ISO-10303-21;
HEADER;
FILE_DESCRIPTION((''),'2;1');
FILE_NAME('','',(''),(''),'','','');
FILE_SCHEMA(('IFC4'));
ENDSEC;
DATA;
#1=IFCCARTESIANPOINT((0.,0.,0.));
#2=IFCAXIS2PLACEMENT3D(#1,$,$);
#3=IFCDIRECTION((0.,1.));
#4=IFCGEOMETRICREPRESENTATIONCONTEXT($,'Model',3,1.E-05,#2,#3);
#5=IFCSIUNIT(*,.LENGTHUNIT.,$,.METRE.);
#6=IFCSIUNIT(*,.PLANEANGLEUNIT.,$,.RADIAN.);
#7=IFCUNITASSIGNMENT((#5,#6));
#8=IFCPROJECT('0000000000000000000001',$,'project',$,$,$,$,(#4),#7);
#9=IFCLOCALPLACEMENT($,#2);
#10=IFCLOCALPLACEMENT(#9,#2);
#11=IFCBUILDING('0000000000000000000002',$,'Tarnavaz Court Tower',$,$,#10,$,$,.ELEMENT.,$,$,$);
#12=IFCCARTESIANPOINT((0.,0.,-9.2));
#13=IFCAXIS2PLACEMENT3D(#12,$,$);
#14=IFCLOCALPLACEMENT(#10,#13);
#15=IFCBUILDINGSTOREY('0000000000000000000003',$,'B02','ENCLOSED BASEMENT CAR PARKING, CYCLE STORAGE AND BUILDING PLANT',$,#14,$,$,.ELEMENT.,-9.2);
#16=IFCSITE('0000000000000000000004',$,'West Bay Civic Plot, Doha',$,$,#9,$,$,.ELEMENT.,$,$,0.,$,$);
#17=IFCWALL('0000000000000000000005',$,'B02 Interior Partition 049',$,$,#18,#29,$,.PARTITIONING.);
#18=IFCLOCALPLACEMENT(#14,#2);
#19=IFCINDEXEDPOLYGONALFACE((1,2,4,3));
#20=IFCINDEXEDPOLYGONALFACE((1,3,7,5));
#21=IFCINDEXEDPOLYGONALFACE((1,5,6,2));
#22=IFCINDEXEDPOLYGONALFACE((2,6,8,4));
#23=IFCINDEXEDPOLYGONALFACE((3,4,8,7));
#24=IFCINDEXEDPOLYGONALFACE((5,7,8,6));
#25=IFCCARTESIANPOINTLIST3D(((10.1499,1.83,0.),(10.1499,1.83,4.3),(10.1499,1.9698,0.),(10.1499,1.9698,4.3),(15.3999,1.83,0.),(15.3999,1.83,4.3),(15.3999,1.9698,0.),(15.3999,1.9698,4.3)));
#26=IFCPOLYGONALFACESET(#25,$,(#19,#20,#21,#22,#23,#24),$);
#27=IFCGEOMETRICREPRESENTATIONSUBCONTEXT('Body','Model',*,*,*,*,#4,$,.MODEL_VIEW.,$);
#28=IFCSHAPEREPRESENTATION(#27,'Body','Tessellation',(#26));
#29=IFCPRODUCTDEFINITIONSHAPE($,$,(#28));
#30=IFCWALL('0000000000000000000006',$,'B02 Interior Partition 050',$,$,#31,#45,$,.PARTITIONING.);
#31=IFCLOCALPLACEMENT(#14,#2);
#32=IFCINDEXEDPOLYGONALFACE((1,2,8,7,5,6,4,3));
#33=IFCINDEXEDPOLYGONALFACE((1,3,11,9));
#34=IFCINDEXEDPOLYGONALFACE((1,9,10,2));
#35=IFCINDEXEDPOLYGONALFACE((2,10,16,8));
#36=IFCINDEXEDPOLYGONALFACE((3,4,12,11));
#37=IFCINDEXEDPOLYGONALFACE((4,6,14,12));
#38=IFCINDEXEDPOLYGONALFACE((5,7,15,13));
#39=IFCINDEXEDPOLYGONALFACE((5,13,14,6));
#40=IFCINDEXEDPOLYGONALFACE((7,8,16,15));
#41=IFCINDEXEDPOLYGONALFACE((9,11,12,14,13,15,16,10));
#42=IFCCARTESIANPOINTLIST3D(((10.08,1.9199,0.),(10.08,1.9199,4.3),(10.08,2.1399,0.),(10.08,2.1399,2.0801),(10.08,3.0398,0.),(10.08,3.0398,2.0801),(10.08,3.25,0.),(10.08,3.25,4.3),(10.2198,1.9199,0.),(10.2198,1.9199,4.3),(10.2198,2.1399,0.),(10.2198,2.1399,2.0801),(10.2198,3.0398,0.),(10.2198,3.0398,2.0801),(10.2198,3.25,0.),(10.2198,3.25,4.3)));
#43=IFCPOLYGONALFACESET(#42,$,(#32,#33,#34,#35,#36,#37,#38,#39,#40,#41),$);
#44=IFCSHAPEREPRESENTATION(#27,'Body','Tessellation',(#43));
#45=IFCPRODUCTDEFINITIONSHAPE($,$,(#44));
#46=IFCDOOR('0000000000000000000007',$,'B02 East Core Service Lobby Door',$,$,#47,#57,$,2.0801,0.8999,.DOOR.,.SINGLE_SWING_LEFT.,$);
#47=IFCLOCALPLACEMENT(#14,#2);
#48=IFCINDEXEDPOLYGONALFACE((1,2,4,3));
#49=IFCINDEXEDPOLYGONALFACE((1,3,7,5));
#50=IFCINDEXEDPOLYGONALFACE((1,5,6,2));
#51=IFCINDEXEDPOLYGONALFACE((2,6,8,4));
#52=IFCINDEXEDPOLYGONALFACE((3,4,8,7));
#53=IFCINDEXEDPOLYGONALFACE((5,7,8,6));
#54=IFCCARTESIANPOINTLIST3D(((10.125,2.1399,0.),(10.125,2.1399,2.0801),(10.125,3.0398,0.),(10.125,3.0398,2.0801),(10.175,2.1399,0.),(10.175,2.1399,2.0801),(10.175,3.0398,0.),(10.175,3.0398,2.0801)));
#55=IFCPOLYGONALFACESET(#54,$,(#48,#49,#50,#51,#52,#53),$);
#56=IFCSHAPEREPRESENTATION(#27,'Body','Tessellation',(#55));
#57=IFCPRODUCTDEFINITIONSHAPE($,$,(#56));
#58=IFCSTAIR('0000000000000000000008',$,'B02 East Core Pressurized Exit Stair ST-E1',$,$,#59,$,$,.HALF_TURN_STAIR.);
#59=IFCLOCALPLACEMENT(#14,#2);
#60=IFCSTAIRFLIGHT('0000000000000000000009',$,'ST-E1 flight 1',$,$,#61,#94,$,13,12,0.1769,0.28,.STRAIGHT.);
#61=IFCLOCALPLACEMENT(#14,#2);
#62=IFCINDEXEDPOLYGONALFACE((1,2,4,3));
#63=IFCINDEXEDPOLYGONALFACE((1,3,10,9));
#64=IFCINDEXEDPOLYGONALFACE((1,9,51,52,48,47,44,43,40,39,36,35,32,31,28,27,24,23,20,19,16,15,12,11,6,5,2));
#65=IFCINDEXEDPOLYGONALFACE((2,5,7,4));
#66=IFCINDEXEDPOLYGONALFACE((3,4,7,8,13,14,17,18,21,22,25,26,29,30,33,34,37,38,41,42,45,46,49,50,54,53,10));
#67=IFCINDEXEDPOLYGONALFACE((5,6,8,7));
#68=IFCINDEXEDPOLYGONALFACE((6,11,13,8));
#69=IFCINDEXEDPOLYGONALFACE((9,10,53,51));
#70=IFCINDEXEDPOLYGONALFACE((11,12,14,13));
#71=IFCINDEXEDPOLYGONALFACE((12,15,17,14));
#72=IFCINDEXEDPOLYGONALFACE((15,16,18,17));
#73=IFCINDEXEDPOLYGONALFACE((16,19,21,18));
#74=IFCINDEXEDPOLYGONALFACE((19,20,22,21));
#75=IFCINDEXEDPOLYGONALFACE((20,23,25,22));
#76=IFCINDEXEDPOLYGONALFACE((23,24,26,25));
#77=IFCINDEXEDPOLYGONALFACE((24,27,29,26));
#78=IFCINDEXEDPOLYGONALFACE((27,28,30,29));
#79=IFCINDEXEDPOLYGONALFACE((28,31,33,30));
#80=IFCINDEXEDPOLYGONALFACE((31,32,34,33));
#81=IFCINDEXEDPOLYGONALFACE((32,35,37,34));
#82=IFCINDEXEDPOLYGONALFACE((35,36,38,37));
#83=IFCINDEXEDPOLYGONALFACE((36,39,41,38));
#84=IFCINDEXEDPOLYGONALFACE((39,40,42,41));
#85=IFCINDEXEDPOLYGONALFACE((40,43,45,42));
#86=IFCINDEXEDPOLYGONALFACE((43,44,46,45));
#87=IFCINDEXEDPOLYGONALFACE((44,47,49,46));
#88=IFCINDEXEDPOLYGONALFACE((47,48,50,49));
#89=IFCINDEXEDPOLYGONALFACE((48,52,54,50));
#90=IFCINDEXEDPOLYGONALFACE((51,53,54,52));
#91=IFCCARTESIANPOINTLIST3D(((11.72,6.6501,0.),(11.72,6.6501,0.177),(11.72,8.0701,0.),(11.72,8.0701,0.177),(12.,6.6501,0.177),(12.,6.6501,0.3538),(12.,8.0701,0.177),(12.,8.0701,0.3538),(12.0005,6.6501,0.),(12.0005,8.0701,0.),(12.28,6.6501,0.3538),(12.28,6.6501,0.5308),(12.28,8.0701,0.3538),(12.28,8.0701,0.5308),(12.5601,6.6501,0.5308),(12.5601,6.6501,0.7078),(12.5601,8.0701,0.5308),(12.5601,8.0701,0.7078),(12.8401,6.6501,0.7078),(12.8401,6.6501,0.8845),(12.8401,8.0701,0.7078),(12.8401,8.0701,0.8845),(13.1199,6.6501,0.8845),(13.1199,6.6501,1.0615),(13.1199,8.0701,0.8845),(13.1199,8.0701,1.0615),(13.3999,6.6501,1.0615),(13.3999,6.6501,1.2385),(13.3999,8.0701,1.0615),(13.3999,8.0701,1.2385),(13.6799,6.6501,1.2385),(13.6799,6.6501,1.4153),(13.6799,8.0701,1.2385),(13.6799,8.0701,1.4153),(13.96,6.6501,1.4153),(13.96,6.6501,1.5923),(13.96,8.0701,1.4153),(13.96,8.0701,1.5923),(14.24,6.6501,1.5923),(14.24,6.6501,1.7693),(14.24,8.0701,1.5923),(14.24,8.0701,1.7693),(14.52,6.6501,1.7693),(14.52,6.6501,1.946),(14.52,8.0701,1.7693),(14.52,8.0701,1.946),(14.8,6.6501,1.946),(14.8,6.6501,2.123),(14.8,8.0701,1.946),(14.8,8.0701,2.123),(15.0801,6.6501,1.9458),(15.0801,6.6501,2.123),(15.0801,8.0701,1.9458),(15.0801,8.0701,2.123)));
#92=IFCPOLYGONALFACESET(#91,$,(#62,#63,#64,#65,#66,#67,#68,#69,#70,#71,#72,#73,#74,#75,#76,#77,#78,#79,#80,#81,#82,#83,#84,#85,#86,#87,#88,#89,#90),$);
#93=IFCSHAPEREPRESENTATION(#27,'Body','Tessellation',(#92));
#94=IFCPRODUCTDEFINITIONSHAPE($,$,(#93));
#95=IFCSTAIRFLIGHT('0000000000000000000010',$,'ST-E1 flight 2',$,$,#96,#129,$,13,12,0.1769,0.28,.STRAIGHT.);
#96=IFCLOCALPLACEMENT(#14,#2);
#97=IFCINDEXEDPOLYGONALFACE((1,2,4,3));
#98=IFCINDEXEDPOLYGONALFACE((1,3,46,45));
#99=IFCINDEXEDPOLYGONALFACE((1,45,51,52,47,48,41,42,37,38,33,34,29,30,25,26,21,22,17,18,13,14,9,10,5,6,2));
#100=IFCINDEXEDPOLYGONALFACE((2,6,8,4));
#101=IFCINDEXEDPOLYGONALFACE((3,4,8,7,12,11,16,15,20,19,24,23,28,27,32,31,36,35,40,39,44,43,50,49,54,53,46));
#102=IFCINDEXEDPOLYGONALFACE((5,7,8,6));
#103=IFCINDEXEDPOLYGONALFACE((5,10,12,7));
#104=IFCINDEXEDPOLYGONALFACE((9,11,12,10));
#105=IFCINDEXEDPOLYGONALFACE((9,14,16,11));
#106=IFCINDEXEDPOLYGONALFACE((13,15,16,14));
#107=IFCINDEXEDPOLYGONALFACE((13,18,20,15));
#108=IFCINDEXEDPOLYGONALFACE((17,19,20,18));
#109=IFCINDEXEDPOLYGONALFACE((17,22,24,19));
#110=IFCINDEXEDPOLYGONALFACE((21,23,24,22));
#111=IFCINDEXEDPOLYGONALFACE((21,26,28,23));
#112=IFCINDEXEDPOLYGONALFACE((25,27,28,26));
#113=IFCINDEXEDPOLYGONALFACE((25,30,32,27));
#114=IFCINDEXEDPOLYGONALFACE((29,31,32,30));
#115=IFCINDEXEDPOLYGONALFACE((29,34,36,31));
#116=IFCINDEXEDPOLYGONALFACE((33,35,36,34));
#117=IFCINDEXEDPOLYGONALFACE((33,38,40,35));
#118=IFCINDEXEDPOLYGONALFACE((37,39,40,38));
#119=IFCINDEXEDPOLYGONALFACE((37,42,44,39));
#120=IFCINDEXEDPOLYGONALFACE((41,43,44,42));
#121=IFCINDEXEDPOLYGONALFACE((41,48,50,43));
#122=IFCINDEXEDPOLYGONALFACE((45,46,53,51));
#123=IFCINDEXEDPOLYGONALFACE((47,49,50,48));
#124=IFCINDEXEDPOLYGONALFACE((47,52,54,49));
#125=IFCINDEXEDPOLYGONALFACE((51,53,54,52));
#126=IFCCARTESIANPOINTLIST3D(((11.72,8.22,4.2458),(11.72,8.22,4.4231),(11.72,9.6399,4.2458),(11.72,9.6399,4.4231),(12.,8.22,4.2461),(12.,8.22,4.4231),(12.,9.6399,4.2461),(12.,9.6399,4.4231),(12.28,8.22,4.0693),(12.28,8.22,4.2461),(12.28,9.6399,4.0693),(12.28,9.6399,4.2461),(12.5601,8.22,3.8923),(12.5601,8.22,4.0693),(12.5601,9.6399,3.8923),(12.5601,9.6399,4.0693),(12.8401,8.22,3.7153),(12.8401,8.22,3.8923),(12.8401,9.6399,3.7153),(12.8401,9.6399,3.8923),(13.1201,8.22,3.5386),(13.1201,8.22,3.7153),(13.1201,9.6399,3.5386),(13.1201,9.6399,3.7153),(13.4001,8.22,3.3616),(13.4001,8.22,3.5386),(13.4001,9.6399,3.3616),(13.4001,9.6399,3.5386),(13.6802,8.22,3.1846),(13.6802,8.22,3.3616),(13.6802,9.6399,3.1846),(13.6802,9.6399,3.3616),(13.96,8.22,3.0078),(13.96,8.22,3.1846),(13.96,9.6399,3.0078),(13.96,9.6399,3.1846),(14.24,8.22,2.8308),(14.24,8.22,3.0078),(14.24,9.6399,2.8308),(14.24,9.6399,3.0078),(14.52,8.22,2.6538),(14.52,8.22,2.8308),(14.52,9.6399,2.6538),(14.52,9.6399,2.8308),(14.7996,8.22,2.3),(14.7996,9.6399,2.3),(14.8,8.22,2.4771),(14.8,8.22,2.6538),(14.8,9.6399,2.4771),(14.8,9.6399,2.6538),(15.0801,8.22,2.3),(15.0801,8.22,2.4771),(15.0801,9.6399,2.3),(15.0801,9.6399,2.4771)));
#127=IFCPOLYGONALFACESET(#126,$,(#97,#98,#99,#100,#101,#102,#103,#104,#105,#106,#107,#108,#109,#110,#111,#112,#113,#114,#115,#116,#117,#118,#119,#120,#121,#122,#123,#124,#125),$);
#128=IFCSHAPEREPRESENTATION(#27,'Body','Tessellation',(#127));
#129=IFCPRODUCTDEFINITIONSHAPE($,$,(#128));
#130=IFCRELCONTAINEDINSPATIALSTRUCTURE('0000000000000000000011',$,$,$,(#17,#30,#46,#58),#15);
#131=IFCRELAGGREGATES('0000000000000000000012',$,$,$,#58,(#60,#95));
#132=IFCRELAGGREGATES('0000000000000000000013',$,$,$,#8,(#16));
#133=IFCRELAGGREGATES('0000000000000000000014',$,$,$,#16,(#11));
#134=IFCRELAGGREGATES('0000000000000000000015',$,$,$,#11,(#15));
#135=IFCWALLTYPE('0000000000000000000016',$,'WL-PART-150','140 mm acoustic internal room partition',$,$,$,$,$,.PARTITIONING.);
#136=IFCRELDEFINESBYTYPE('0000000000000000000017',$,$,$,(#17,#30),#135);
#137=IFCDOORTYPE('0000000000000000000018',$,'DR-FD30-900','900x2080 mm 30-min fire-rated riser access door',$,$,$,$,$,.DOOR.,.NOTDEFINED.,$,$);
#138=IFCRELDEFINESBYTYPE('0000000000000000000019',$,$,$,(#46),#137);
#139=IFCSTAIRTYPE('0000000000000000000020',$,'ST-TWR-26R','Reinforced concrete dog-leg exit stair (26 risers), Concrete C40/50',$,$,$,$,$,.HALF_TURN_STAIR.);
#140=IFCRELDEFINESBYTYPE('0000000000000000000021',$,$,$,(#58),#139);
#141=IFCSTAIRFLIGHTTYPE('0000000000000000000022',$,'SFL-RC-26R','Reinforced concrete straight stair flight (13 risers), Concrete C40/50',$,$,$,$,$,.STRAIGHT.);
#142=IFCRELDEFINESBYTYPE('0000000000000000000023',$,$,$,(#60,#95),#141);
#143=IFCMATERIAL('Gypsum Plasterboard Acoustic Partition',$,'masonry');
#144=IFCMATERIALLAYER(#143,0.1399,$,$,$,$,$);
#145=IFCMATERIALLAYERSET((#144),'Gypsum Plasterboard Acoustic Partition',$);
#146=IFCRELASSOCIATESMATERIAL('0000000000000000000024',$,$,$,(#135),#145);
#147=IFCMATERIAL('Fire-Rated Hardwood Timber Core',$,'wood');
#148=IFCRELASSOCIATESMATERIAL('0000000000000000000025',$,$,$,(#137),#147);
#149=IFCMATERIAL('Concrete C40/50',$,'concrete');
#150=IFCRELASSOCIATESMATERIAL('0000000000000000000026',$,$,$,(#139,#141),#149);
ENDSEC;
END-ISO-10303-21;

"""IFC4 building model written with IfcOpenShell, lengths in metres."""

from ifc_helpers import new_model, si_unit, direction, frame, frame_2d, origin, place, context, subcontext, project, spatial, polyline, rectangle, outline, extrude, material, layer, layer_set, type_object, element, fill, aggregate, save


model = new_model("IFC4")

# Units and contexts
model_context = context("Model", 3, precision=1e-05, world=origin(), true_north=direction((0.0, 1.0)))
body_context = subcontext(model_context, "Body", "Model", "MODEL_VIEW")
ifc_project = project(units=[si_unit("LENGTHUNIT", "METRE"), si_unit("PLANEANGLEUNIT", "RADIAN")], contexts=[model_context])

# Site, building, storey
site_placement = place(None, origin())
site = spatial("IfcSite", under=ifc_project, at=site_placement, Name="West Bay Civic Plot, Doha", CompositionType="ELEMENT", RefElevation=0.0)
building_placement = place(site_placement, origin())
building = spatial("IfcBuilding", under=site, at=building_placement, Name="Tarnavaz Court Tower", CompositionType="ELEMENT")
storey_placement = place(building_placement, frame((0.0, 0.0, -9.2)))
storey = spatial("IfcBuildingStorey", under=building, at=storey_placement, Name="B02", Description="ENCLOSED BASEMENT CAR PARKING, CYCLE STORAGE AND BUILDING PLANT", CompositionType="ELEMENT", Elevation=-9.2)

# Shared definitions
ifc_material_1 = material(Name="Fire-Rated Hardwood Timber Core", Category="wood")

# Wall
ifc_material_2 = material(Name="Gypsum Plasterboard Acoustic Partition", Category="masonry")
ifc_layer_1 = layer(ifc_material_2, 0.1399)
ifc_layer_set_1 = layer_set([ifc_layer_1], Name="Gypsum Plasterboard Acoustic Partition")
wall_type_1 = type_object("IfcWallType", Name="WL-PART-150", Description="140 mm acoustic internal room partition", PredefinedType="PARTITIONING", material=ifc_layer_set_1)
wall_1_placement = place(storey_placement, frame((10.1499, 1.8999, 0.0), z_axis=(0.0, 0.0, 1.0), x_axis=(1.0, 0.0, 0.0)))
element("IfcWall", 1, at=wall_1_placement, inside=storey, type_object=wall_type_1, Name="B02 Interior Partition 049", PredefinedType="PARTITIONING", context=body_context, shape_type="SweptSolid", body=[
    extrude(rectangle(XDim=5.25, YDim=0.1399, at=frame_2d((2.625, 0.0))), origin(), (0.0, 0.0, 1.0), 4.3),
])

# Wall, opening, door
wall_2_placement = place(storey_placement, frame((10.1499, 1.9199, 0.0), z_axis=(0.0, 0.0, 1.0), x_axis=(0.0, 1.0, 0.0)))
wall_2 = element("IfcWall", 2, at=wall_2_placement, inside=storey, type_object=wall_type_1, Name="B02 Interior Partition 050", PredefinedType="PARTITIONING", context=body_context, shape_type="SweptSolid", body=[
    extrude(rectangle(XDim=1.3301, YDim=0.1399, at=frame_2d((0.665, 0.0))), origin(), (0.0, 0.0, 1.0), 4.3),
])
opening_1_placement = place(wall_2_placement, frame((0.22, 0.0, 0.0)))
opening_1 = element("IfcOpeningElement", 3, at=opening_1_placement, cuts=wall_2, PredefinedType="OPENING", context=body_context, shape_type="SweptSolid", body=[
    extrude(rectangle(XDim=0.8999, YDim=2.0801, at=frame_2d((0.45, 1.04))), frame((0.0, 0.0798, 0.0), z_axis=(0.0, -1.0, 0.0), x_axis=(1.0, 0.0, 0.0)), (0.0, 0.0, 1.0), 0.1599),
])
door_type_1 = type_object("IfcDoorType", Name="DR-FD30-900", Description="900x2080 mm 30-min fire-rated riser access door", OperationType="NOTDEFINED", PredefinedType="DOOR", material=ifc_material_1)
door_1_placement = place(opening_1_placement, origin())
door_1 = element("IfcDoor", 4, at=door_1_placement, inside=storey, type_object=door_type_1, Name="B02 East Core Service Lobby Door", OperationType="SINGLE_SWING_LEFT", OverallHeight=2.0801, OverallWidth=0.8999, PredefinedType="DOOR", context=body_context, shape_type="SweptSolid", body=[
    extrude(rectangle(XDim=0.8999, YDim=2.0801, at=frame_2d((0.45, 1.04))), frame((0.0, 0.0249, 0.0), z_axis=(0.0, -1.0, 0.0), x_axis=(1.0, 0.0, 0.0)), (0.0, 0.0, 1.0), 0.05),
])
fill(opening_1, door_1)

# Stair, stair flights
ifc_material_3 = material(Name="Concrete C40/50", Category="concrete")
stair_type = type_object("IfcStairType", Name="ST-TWR-26R", Description="Reinforced concrete dog-leg exit stair (26 risers), Concrete C40/50", PredefinedType="HALF_TURN_STAIR", material=ifc_material_3)
stair_placement = place(storey_placement, origin())
stair = element("IfcStair", 5, at=stair_placement, inside=storey, type_object=stair_type, Name="B02 East Core Pressurized Exit Stair ST-E1", PredefinedType="HALF_TURN_STAIR")
stair_flight_type = type_object("IfcStairFlightType", Name="SFL-RC-26R", Description="Reinforced concrete straight stair flight (13 risers), Concrete C40/50", PredefinedType="STRAIGHT", material=ifc_material_3)
stair_flight_1_placement = place(storey_placement, frame((11.72, 7.3601, 0.0), z_axis=(0.0, 0.0, 1.0), x_axis=(1.0, 0.0, 0.0)))
stair_flight_1 = element("IfcStairFlight", 6, at=stair_flight_1_placement, type_object=stair_flight_type, Name="ST-E1 flight 1", NumberOfRisers=13, NumberOfTreads=12, PredefinedType="STRAIGHT", RiserHeight=0.1769, TreadLength=0.28, context=body_context, shape_type="SweptSolid", body=[
    extrude(outline(polyline([(0.0, 0.0), (0.0, 0.177), (0.28, 0.177), (0.28, 0.3538), (0.5601, 0.3538), (0.5601, 0.5308), (0.8401, 0.5308), (0.8401, 0.7078), (1.1201, 0.7078), (1.1201, 0.8845), (1.3999, 0.8845), (1.3999, 1.0615), (1.6799, 1.0615), (1.6799, 1.2385), (1.96, 1.2385), (1.96, 1.4153), (2.24, 1.4153), (2.24, 1.5923), (2.52, 1.5923), (2.52, 1.7693), (2.8, 1.7693), (2.8, 1.946), (3.0801, 1.946), (3.0801, 2.123), (3.3601, 2.123), (3.3601, 2.3), (3.3601, 1.9458), (0.2805, 0.0), (0.0, 0.0)])), frame((0.0, 0.71, 0.0), z_axis=(0.0, -1.0, 0.0), x_axis=(1.0, 0.0, 0.0)), (0.0, 0.0, 1.0), 1.4199),
])
stair_flight_2_placement = place(storey_placement, frame((15.0801, 8.9299, 2.3), z_axis=(0.0, 0.0, 1.0), x_axis=(-1.0, 0.0, 0.0)))
stair_flight_2 = element("IfcStairFlight", 7, at=stair_flight_2_placement, type_object=stair_flight_type, Name="ST-E1 flight 2", NumberOfRisers=13, NumberOfTreads=12, PredefinedType="STRAIGHT", RiserHeight=0.1769, TreadLength=0.28, context=body_context, shape_type="SweptSolid", body=[
    extrude(outline(polyline([(0.0, 0.0), (0.0, 0.177), (0.28, 0.177), (0.28, 0.3538), (0.5601, 0.3538), (0.5601, 0.5308), (0.8401, 0.5308), (0.8401, 0.7078), (1.1201, 0.7078), (1.1201, 0.8845), (1.3999, 0.8845), (1.3999, 1.0615), (1.6799, 1.0615), (1.6799, 1.2385), (1.96, 1.2385), (1.96, 1.4153), (2.24, 1.4153), (2.24, 1.5923), (2.52, 1.5923), (2.52, 1.7693), (2.8, 1.7693), (2.8, 1.946), (3.0801, 1.946), (3.0801, 2.123), (3.3601, 2.123), (3.3601, 2.3), (3.3601, 1.9458), (0.2805, 0.0), (0.0, 0.0)])), frame((0.0, 0.71, 0.0), z_axis=(0.0, -1.0, 0.0), x_axis=(1.0, 0.0, 0.0)), (0.0, 0.0, 1.0), 1.4199),
])
aggregate(stair, [stair_flight_1, stair_flight_2])

save(model, "model.ifc")
